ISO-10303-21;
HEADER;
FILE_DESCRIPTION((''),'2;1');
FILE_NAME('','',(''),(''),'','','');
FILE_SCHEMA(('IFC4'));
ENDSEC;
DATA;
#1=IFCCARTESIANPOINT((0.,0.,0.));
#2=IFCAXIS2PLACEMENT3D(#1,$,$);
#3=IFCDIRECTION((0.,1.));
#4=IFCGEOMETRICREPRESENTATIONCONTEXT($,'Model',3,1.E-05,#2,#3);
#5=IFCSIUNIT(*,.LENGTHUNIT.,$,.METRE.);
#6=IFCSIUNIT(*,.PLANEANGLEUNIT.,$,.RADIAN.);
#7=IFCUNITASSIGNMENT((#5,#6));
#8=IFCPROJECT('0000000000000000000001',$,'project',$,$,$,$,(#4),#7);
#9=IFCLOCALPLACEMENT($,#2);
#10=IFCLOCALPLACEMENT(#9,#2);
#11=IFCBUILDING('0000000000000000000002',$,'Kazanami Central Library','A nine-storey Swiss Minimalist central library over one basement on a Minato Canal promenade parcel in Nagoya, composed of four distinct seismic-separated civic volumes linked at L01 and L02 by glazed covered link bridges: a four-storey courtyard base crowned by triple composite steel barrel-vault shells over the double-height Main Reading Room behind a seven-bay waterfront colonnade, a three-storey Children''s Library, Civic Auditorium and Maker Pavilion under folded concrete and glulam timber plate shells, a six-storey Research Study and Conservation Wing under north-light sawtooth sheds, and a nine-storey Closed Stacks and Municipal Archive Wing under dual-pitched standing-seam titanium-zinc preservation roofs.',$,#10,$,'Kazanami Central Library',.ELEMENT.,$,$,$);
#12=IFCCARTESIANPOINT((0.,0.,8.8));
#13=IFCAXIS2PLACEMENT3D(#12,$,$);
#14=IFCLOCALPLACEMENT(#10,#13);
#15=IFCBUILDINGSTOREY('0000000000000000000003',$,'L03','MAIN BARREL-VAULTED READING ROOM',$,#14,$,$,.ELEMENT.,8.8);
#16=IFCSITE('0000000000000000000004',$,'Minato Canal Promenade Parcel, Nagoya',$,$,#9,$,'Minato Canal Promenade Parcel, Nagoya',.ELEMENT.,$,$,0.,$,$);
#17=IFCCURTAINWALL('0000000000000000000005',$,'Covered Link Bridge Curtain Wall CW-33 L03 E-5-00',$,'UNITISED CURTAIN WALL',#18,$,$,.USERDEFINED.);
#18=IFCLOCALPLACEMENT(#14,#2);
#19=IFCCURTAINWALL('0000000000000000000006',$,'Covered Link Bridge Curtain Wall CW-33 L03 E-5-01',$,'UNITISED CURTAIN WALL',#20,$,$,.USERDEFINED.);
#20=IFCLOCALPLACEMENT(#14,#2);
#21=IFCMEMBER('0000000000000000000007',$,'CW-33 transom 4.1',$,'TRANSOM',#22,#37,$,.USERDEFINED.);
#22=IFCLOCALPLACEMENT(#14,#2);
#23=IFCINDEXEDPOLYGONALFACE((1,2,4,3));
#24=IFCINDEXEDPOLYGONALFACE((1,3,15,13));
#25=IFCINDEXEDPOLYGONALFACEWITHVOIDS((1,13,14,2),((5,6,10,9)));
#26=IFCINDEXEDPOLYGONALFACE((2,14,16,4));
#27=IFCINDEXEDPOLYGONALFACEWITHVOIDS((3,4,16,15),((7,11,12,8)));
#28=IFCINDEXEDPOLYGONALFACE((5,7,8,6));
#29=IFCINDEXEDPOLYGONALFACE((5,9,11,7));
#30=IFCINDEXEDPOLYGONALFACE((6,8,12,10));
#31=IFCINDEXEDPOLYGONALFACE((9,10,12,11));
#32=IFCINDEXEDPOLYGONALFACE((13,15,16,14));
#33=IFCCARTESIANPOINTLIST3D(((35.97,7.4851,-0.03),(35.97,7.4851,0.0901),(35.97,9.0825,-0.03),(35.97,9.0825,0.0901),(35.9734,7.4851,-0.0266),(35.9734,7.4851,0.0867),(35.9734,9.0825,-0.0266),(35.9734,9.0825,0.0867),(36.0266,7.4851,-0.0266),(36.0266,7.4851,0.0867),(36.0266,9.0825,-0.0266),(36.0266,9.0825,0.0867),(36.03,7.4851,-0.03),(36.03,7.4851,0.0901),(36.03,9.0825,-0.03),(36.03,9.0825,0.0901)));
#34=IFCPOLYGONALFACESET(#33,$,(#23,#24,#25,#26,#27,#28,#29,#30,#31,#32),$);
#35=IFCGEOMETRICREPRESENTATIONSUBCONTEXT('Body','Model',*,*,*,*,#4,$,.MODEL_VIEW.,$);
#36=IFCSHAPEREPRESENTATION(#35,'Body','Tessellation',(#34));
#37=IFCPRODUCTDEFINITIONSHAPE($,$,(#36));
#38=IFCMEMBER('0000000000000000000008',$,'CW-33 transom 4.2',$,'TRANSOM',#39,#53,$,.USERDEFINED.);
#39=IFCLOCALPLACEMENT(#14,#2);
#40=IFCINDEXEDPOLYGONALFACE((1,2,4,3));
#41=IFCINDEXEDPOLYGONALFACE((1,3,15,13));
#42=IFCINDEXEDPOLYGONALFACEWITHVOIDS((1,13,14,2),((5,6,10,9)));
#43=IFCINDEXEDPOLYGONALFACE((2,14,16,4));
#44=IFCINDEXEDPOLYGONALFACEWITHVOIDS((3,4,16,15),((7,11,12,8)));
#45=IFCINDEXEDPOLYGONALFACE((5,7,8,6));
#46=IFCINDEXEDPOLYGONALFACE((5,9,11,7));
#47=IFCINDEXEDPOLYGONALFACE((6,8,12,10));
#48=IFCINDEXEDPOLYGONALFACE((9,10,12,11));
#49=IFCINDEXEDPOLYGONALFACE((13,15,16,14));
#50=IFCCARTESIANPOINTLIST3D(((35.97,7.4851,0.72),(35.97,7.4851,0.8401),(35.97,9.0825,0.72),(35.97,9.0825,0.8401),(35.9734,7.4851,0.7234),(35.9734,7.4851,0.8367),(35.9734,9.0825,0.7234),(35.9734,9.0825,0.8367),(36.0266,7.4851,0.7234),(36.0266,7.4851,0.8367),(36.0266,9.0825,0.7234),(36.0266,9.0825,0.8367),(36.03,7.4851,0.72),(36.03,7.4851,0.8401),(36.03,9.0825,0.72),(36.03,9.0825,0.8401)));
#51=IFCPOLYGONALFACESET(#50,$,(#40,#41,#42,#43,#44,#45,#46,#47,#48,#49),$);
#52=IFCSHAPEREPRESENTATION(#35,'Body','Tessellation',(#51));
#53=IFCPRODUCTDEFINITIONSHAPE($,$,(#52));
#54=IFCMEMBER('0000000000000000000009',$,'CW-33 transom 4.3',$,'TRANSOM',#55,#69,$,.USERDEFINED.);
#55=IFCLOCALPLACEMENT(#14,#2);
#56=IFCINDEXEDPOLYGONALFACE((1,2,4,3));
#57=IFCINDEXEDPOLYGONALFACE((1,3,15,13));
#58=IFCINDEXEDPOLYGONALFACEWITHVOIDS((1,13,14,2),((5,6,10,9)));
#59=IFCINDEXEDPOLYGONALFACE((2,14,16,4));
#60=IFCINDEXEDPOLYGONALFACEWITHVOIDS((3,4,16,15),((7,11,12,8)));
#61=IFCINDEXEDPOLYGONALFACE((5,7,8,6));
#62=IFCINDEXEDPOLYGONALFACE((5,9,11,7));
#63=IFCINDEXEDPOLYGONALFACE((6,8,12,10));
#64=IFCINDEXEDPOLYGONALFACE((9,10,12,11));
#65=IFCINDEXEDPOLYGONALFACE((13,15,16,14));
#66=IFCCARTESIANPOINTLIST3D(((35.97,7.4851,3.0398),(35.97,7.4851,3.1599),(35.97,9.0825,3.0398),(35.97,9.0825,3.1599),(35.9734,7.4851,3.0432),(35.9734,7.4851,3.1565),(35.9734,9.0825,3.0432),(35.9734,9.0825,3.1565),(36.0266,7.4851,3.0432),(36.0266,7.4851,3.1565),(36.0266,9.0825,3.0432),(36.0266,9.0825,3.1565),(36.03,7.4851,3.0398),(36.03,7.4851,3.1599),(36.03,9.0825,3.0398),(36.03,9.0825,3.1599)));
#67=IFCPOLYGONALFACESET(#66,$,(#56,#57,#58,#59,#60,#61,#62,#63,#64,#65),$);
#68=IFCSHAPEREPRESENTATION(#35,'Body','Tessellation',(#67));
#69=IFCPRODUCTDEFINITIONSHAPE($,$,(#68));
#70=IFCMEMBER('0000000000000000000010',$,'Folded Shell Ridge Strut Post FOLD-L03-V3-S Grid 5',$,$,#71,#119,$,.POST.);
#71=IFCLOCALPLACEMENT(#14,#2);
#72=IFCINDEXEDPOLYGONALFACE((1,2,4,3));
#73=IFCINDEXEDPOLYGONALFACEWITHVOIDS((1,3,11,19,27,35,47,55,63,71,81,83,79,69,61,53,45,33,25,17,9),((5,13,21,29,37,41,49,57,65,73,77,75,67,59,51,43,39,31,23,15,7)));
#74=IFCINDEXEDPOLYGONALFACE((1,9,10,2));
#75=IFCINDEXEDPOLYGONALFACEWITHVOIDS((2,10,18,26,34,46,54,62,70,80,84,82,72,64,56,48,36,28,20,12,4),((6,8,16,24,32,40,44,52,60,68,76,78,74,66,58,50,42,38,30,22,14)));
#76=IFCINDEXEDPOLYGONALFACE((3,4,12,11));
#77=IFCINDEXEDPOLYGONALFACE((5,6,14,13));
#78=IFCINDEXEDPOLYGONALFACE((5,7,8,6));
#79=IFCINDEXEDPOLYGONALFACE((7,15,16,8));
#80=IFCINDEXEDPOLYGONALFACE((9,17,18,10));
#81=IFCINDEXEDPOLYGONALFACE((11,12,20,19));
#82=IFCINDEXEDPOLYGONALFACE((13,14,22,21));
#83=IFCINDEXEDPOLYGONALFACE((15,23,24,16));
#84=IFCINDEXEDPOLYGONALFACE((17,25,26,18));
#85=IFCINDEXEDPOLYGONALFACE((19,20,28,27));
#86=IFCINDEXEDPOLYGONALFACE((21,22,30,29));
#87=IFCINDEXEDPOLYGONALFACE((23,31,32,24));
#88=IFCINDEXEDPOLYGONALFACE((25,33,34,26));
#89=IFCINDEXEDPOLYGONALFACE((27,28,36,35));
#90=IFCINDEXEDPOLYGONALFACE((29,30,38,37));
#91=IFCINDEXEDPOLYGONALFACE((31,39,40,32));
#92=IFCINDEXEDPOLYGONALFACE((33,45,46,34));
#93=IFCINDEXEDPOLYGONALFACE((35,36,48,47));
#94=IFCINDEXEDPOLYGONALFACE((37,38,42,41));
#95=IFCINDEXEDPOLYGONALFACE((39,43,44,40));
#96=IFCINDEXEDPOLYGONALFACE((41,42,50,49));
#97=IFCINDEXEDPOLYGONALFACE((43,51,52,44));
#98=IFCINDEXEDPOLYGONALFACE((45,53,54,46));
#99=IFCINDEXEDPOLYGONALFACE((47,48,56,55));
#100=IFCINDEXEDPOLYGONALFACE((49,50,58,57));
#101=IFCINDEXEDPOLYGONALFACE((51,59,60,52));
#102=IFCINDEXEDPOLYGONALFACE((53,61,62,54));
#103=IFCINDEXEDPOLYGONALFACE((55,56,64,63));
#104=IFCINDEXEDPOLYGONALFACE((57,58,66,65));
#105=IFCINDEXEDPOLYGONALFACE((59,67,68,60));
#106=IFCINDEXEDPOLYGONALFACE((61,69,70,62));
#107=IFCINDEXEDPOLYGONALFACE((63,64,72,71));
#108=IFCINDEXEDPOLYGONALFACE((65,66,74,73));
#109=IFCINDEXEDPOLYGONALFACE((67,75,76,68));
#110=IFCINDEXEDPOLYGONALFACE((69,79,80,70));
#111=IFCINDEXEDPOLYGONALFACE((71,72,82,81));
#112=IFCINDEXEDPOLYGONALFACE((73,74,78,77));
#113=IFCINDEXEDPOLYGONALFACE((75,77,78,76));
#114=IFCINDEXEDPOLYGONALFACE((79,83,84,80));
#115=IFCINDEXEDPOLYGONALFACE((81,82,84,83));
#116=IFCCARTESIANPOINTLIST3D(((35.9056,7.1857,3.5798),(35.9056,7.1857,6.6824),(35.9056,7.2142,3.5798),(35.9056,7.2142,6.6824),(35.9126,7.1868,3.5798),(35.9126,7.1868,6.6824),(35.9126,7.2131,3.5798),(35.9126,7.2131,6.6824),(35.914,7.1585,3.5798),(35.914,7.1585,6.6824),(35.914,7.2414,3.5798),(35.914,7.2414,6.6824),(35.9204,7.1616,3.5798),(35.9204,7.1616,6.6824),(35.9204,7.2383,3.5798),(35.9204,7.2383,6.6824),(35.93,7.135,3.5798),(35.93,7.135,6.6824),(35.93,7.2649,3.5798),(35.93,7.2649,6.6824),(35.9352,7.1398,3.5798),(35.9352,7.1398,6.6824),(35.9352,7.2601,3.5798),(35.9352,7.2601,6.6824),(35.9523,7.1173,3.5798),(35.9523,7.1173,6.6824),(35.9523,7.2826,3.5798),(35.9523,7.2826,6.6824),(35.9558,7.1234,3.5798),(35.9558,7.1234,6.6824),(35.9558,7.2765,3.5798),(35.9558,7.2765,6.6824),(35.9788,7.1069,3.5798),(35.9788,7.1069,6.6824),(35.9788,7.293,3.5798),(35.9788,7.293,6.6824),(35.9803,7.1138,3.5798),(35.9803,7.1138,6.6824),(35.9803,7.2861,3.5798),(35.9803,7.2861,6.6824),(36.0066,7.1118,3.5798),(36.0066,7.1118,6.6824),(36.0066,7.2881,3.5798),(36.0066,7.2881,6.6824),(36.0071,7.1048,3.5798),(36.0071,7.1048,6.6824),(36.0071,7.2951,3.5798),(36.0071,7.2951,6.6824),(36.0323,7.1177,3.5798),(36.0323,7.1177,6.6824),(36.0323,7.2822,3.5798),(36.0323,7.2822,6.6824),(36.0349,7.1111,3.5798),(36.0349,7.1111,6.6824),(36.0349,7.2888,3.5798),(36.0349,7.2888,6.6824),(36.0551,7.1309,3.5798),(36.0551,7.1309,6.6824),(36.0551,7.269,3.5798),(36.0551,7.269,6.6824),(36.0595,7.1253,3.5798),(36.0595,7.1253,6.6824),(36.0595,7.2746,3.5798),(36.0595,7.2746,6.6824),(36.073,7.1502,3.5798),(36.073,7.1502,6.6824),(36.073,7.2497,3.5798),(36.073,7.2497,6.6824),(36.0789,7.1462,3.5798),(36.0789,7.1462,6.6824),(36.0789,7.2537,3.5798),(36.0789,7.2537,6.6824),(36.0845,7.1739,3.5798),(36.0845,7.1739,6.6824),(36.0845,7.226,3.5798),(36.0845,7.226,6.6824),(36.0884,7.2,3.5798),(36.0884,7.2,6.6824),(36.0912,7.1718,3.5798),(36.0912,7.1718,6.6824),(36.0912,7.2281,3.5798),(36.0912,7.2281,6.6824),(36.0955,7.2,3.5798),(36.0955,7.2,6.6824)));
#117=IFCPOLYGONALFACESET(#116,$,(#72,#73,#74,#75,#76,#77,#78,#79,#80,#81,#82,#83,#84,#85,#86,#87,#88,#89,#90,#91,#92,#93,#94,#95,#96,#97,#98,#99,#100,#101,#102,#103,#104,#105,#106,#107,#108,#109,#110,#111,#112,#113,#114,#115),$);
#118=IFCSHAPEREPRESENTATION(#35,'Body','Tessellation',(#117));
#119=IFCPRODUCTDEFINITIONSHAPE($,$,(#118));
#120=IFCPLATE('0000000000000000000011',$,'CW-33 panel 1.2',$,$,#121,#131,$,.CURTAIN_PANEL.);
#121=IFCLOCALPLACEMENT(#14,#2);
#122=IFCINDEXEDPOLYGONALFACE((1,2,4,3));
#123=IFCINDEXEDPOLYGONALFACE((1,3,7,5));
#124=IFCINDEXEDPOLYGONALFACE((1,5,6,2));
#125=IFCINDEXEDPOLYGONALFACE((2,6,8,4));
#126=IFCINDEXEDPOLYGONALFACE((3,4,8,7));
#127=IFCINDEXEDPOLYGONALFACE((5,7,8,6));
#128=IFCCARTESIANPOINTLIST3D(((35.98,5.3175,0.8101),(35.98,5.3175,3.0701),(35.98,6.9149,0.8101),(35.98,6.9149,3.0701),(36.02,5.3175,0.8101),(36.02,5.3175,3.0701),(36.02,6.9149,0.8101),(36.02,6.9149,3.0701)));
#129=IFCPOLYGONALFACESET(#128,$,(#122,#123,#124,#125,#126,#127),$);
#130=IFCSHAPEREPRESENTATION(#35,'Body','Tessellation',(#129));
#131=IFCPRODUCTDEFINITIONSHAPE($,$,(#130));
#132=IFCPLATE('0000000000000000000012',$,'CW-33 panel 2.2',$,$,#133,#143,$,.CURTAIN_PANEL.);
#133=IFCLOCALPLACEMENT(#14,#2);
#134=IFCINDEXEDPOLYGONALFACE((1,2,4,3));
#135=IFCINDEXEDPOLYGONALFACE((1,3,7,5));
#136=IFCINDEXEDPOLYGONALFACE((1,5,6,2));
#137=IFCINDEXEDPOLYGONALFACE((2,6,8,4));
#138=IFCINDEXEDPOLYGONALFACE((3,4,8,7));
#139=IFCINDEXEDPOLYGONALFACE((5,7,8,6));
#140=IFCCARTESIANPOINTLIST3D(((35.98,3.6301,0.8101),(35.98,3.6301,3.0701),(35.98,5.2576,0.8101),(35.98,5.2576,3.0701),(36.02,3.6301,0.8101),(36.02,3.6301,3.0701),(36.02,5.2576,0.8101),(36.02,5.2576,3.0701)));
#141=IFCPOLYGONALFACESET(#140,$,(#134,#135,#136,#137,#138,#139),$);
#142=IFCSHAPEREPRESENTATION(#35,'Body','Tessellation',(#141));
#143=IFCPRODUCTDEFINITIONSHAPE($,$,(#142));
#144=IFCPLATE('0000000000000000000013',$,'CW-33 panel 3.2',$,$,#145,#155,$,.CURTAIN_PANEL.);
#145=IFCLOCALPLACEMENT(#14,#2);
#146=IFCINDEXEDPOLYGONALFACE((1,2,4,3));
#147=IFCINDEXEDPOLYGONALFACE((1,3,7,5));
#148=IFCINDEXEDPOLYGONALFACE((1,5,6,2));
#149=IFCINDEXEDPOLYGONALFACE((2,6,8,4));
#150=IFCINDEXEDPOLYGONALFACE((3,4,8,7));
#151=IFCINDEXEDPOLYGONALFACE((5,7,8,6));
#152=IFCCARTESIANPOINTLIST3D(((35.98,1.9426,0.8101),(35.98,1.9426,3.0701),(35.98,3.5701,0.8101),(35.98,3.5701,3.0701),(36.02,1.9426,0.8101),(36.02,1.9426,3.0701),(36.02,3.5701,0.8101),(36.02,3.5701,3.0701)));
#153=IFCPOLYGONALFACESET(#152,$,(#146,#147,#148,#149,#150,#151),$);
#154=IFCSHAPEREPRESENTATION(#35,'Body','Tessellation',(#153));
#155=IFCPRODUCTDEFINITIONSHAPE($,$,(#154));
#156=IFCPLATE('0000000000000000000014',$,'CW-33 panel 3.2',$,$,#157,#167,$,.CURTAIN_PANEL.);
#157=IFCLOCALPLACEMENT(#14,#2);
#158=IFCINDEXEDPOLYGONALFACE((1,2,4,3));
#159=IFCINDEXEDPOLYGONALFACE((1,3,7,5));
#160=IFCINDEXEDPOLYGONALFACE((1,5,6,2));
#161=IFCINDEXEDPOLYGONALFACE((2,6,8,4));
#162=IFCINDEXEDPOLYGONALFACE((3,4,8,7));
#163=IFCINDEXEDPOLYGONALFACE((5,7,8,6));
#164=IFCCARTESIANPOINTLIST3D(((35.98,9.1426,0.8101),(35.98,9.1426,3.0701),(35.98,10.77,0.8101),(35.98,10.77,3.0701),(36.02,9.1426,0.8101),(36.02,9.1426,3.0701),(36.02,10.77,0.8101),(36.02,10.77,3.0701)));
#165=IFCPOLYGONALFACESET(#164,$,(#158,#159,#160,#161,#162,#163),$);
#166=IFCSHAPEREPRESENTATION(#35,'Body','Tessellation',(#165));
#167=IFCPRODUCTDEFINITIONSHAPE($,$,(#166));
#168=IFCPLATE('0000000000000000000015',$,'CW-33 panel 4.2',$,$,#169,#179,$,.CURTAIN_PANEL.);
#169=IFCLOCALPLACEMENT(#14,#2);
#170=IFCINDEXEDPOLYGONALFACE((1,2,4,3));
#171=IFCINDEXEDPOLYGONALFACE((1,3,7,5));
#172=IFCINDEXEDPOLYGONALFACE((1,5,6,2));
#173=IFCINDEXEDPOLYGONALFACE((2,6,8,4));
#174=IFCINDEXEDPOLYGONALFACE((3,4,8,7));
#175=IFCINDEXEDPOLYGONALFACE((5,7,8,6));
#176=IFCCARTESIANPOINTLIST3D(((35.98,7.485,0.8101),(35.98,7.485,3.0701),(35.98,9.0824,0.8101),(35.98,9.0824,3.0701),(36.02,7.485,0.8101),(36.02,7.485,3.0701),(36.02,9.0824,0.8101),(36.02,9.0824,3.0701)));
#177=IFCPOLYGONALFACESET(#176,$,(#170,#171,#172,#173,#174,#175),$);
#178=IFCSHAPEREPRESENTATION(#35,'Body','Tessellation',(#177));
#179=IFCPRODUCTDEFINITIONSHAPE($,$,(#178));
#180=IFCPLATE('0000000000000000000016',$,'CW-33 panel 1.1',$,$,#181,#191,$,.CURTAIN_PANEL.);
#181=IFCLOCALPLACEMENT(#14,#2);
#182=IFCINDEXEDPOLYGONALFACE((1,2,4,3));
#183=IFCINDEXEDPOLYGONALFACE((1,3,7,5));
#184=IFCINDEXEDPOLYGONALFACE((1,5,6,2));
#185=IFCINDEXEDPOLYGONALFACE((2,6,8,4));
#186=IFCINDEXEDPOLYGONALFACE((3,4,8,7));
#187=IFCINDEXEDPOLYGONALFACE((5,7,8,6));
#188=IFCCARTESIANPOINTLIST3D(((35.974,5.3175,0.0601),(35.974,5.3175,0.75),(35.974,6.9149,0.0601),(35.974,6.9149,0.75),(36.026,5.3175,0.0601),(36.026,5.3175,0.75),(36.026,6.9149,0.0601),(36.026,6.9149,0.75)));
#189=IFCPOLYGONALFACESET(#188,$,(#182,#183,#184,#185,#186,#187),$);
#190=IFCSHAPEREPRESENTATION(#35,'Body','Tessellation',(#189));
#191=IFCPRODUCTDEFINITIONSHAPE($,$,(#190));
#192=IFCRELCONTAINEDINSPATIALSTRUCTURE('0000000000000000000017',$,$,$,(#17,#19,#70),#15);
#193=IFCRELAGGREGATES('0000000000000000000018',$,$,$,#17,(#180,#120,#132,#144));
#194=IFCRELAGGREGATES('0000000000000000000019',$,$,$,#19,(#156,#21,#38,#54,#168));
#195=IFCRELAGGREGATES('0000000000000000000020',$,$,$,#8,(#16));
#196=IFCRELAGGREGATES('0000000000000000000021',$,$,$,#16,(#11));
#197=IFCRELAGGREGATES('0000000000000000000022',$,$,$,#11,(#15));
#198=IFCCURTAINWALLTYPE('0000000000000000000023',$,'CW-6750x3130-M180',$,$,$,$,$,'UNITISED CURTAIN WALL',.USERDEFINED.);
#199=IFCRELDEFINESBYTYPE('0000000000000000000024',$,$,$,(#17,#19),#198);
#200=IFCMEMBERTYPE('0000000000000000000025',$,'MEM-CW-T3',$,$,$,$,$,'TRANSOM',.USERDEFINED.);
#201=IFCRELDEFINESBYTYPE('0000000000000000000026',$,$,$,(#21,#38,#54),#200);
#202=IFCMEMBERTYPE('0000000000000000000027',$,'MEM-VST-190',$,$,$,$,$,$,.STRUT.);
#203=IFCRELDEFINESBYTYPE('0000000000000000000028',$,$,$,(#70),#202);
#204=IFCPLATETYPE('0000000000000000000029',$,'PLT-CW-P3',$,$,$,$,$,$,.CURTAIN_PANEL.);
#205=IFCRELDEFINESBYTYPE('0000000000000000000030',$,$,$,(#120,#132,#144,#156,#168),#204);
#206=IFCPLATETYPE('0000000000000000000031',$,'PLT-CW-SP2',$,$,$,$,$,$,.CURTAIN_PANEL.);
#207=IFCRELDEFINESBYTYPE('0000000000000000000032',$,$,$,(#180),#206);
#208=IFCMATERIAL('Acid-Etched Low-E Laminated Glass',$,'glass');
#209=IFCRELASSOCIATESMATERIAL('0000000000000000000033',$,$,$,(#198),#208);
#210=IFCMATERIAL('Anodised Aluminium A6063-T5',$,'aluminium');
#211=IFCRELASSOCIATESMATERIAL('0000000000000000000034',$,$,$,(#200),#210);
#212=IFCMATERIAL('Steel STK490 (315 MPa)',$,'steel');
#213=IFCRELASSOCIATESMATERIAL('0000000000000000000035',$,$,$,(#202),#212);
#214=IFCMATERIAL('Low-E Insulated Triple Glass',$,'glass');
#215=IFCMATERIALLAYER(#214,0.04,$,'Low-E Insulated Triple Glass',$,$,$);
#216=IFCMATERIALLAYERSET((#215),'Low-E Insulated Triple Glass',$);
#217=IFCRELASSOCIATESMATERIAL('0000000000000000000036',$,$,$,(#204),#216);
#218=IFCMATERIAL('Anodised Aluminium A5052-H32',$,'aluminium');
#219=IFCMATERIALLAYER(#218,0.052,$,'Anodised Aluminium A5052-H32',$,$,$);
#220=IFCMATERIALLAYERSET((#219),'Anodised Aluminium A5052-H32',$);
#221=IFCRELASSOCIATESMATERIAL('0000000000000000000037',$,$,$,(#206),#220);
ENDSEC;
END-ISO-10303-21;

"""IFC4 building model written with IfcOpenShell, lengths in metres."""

from ifc_helpers import new_model, si_unit, direction, frame, origin, origin_2d, place, context, subcontext, project, spatial, rectangle, hollow_rectangle, hollow_circle, extrude, material, layer, layer_set, material_profile, profile_set, type_object, element, aggregate, save


model = new_model("IFC4")

# Units and contexts
model_context = context("Model", 3, precision=1e-05, world=origin(), true_north=direction((0.0, 1.0)))
body_context = subcontext(model_context, "Body", "Model", "MODEL_VIEW")
ifc_project = project(units=[si_unit("LENGTHUNIT", "METRE"), si_unit("PLANEANGLEUNIT", "RADIAN")], contexts=[model_context])

# Site, building, storey
site_placement = place(None, origin())
site = spatial("IfcSite", under=ifc_project, at=site_placement, Name="Minato Canal Promenade Parcel, Nagoya", LongName="Minato Canal Promenade Parcel, Nagoya", CompositionType="ELEMENT", RefElevation=0.0)
building_placement = place(site_placement, origin())
building = spatial("IfcBuilding", under=site, at=building_placement, Name="Kazanami Central Library", Description="A nine-storey Swiss Minimalist central library over one basement on a Minato Canal promenade parcel in Nagoya, composed of four distinct seismic-separated civic volumes linked at L01 and L02 by glazed covered link bridges: a four-storey courtyard base crowned by triple composite steel barrel-vault shells over the double-height Main Reading Room behind a seven-bay waterfront colonnade, a three-storey Children's Library, Civic Auditorium and Maker Pavilion under folded concrete and glulam timber plate shells, a six-storey Research Study and Conservation Wing under north-light sawtooth sheds, and a nine-storey Closed Stacks and Municipal Archive Wing under dual-pitched standing-seam titanium-zinc preservation roofs.", LongName="Kazanami Central Library", CompositionType="ELEMENT")
storey_placement = place(building_placement, frame((0.0, 0.0, 8.8)))
storey = spatial("IfcBuildingStorey", under=building, at=storey_placement, Name="L03", Description="MAIN BARREL-VAULTED READING ROOM", CompositionType="ELEMENT", Elevation=8.8)

# Curtain walls
ifc_material_1 = material(Name="Acid-Etched Low-E Laminated Glass", Category="glass")
curtain_wall_type = type_object("IfcCurtainWallType", Name="CW-6750x3130-M180", ElementType="UNITISED CURTAIN WALL", PredefinedType="USERDEFINED", material=ifc_material_1)
curtain_wall_1_placement = place(storey_placement, origin())
curtain_wall_1 = element("IfcCurtainWall", 1, at=curtain_wall_1_placement, inside=storey, type_object=curtain_wall_type, Name="Covered Link Bridge Curtain Wall CW-33 L03 E-5-00", ObjectType="UNITISED CURTAIN WALL", PredefinedType="USERDEFINED")
ifc_material_2 = material(Name="Anodised Aluminium A6063-T5", Category="aluminium")
curtain_wall_2_placement = place(storey_placement, origin())
curtain_wall_2 = element("IfcCurtainWall", 2, at=curtain_wall_2_placement, inside=storey, type_object=curtain_wall_type, Name="Covered Link Bridge Curtain Wall CW-33 L03 E-5-01", ObjectType="UNITISED CURTAIN WALL", PredefinedType="USERDEFINED")

# Members
ifc_material_profile_1 = material_profile(ifc_material_2, hollow_rectangle(XDim=0.0601, YDim=0.1201, WallThickness=0.0034, at=origin_2d()), Name="ALU-TRAN-60x120x3.5")
ifc_profile_set_1 = profile_set([ifc_material_profile_1], Name="Anodised Aluminium A6063-T5")
member_type_1 = type_object("IfcMemberType", Name="MEM-CW-T3", ElementType="TRANSOM", PredefinedType="USERDEFINED", material=ifc_profile_set_1)
member_1_placement = place(storey_placement, frame((36.0, 9.0825, 0.03), z_axis=(0.0, -1.0, 0.0), x_axis=(1.0, 0.0, 0.0)))
member_1 = element("IfcMember", 3, at=member_1_placement, type_object=member_type_1, Name="CW-33 transom 4.1", ObjectType="TRANSOM", PredefinedType="USERDEFINED", context=body_context, shape_type="SweptSolid", body=[
    extrude(hollow_rectangle(XDim=0.0601, YDim=0.1201, WallThickness=0.0034, at=origin_2d()), origin(), (0.0, 0.0, 1.0), 1.5974),
])
member_2_placement = place(storey_placement, frame((36.0, 9.0825, 0.78), z_axis=(0.0, -1.0, 0.0), x_axis=(1.0, 0.0, 0.0)))
member_2 = element("IfcMember", 4, at=member_2_placement, type_object=member_type_1, Name="CW-33 transom 4.2", ObjectType="TRANSOM", PredefinedType="USERDEFINED", context=body_context, shape_type="SweptSolid", body=[
    extrude(hollow_rectangle(XDim=0.0601, YDim=0.1201, WallThickness=0.0034, at=origin_2d()), origin(), (0.0, 0.0, 1.0), 1.5974),
])
member_3_placement = place(storey_placement, frame((36.0, 9.0825, 3.0999), z_axis=(0.0, -1.0, 0.0), x_axis=(1.0, 0.0, 0.0)))
member_3 = element("IfcMember", 5, at=member_3_placement, type_object=member_type_1, Name="CW-33 transom 4.3", ObjectType="TRANSOM", PredefinedType="USERDEFINED", context=body_context, shape_type="SweptSolid", body=[
    extrude(hollow_rectangle(XDim=0.0601, YDim=0.1201, WallThickness=0.0034, at=origin_2d()), origin(), (0.0, 0.0, 1.0), 1.5974),
])
ifc_material_3 = material(Name="Steel STK490 (315 MPa)", Category="steel")
ifc_material_profile_2 = material_profile(ifc_material_3, hollow_circle(Radius=0.0955, WallThickness=0.0071, at=origin_2d()), Name="CHS-190.7x7.0")
ifc_profile_set_2 = profile_set([ifc_material_profile_2], Name="Steel STK490 (315 MPa)")
member_type_2 = type_object("IfcMemberType", Name="MEM-VST-190", PredefinedType="STRUT", material=ifc_profile_set_2)
member_4_placement = place(storey_placement, frame((36.0, 7.2, 3.5798), z_axis=(0.0, 0.0, 1.0), x_axis=(1.0, 0.0, 0.0)))
element("IfcMember", 6, at=member_4_placement, inside=storey, type_object=member_type_2, Name="Folded Shell Ridge Strut Post FOLD-L03-V3-S Grid 5", PredefinedType="POST", context=body_context, shape_type="SweptSolid", body=[
    extrude(hollow_circle(Radius=0.0955, WallThickness=0.0071, at=origin_2d()), origin(), (0.0, 0.0, 1.0), 3.1025),
])

# Plates
ifc_material_4 = material(Name="Low-E Insulated Triple Glass", Category="glass")
ifc_layer_1 = layer(ifc_material_4, 0.04, Name="Low-E Insulated Triple Glass")
ifc_layer_set_1 = layer_set([ifc_layer_1], Name="Low-E Insulated Triple Glass")
plate_type_1 = type_object("IfcPlateType", Name="PLT-CW-P3", PredefinedType="CURTAIN_PANEL", material=ifc_layer_set_1)
plate_1_placement = place(storey_placement, frame((36.0, 6.1162, 0.8101), z_axis=(0.0, 0.0, 1.0), x_axis=(0.0, -1.0, 0.0)))
plate_1 = element("IfcPlate", 7, at=plate_1_placement, type_object=plate_type_1, Name="CW-33 panel 1.2", PredefinedType="CURTAIN_PANEL", context=body_context, shape_type="SweptSolid", body=[
    extrude(rectangle(XDim=1.5974, YDim=0.04, at=origin_2d()), origin(), (0.0, 0.0, 1.0), 2.26),
])
plate_2_placement = place(storey_placement, frame((36.0, 4.4438, 0.8101), z_axis=(0.0, 0.0, 1.0), x_axis=(0.0, -1.0, 0.0)))
plate_2 = element("IfcPlate", 8, at=plate_2_placement, type_object=plate_type_1, Name="CW-33 panel 2.2", PredefinedType="CURTAIN_PANEL", context=body_context, shape_type="SweptSolid", body=[
    extrude(rectangle(XDim=1.6274, YDim=0.04, at=origin_2d()), origin(), (0.0, 0.0, 1.0), 2.26),
])
plate_3_placement = place(storey_placement, frame((36.0, 2.7563, 0.8101), z_axis=(0.0, 0.0, 1.0), x_axis=(0.0, -1.0, 0.0)))
plate_3 = element("IfcPlate", 9, at=plate_3_placement, type_object=plate_type_1, Name="CW-33 panel 3.2", PredefinedType="CURTAIN_PANEL", context=body_context, shape_type="SweptSolid", body=[
    extrude(rectangle(XDim=1.6274, YDim=0.04, at=origin_2d()), origin(), (0.0, 0.0, 1.0), 2.26),
])
plate_4_placement = place(storey_placement, frame((36.0, 9.9563, 0.8101), z_axis=(0.0, 0.0, 1.0), x_axis=(0.0, -1.0, 0.0)))
plate_4 = element("IfcPlate", 10, at=plate_4_placement, type_object=plate_type_1, Name="CW-33 panel 3.2", PredefinedType="CURTAIN_PANEL", context=body_context, shape_type="SweptSolid", body=[
    extrude(rectangle(XDim=1.6274, YDim=0.04, at=origin_2d()), origin(), (0.0, 0.0, 1.0), 2.26),
])
plate_5_placement = place(storey_placement, frame((36.0, 8.2837, 0.8101), z_axis=(0.0, 0.0, 1.0), x_axis=(0.0, -1.0, 0.0)))
plate_5 = element("IfcPlate", 11, at=plate_5_placement, type_object=plate_type_1, Name="CW-33 panel 4.2", PredefinedType="CURTAIN_PANEL", context=body_context, shape_type="SweptSolid", body=[
    extrude(rectangle(XDim=1.5974, YDim=0.04, at=origin_2d()), origin(), (0.0, 0.0, 1.0), 2.26),
])
ifc_material_5 = material(Name="Anodised Aluminium A5052-H32", Category="aluminium")
ifc_layer_2 = layer(ifc_material_5, 0.052, Name="Anodised Aluminium A5052-H32")
ifc_layer_set_2 = layer_set([ifc_layer_2], Name="Anodised Aluminium A5052-H32")
plate_type_2 = type_object("IfcPlateType", Name="PLT-CW-SP2", PredefinedType="CURTAIN_PANEL", material=ifc_layer_set_2)
plate_6_placement = place(storey_placement, frame((36.0, 6.1162, 0.0601), z_axis=(0.0, 0.0, 1.0), x_axis=(0.0, -1.0, 0.0)))
plate_6 = element("IfcPlate", 12, at=plate_6_placement, type_object=plate_type_2, Name="CW-33 panel 1.1", PredefinedType="CURTAIN_PANEL", context=body_context, shape_type="SweptSolid", body=[
    extrude(rectangle(XDim=1.5974, YDim=0.052, at=origin_2d()), origin(), (0.0, 0.0, 1.0), 0.6899),
])
aggregate(curtain_wall_1, [plate_6, plate_1, plate_2, plate_3])
aggregate(curtain_wall_2, [plate_4, member_1, member_2, member_3, plate_5])

save(model, "model.ifc")
